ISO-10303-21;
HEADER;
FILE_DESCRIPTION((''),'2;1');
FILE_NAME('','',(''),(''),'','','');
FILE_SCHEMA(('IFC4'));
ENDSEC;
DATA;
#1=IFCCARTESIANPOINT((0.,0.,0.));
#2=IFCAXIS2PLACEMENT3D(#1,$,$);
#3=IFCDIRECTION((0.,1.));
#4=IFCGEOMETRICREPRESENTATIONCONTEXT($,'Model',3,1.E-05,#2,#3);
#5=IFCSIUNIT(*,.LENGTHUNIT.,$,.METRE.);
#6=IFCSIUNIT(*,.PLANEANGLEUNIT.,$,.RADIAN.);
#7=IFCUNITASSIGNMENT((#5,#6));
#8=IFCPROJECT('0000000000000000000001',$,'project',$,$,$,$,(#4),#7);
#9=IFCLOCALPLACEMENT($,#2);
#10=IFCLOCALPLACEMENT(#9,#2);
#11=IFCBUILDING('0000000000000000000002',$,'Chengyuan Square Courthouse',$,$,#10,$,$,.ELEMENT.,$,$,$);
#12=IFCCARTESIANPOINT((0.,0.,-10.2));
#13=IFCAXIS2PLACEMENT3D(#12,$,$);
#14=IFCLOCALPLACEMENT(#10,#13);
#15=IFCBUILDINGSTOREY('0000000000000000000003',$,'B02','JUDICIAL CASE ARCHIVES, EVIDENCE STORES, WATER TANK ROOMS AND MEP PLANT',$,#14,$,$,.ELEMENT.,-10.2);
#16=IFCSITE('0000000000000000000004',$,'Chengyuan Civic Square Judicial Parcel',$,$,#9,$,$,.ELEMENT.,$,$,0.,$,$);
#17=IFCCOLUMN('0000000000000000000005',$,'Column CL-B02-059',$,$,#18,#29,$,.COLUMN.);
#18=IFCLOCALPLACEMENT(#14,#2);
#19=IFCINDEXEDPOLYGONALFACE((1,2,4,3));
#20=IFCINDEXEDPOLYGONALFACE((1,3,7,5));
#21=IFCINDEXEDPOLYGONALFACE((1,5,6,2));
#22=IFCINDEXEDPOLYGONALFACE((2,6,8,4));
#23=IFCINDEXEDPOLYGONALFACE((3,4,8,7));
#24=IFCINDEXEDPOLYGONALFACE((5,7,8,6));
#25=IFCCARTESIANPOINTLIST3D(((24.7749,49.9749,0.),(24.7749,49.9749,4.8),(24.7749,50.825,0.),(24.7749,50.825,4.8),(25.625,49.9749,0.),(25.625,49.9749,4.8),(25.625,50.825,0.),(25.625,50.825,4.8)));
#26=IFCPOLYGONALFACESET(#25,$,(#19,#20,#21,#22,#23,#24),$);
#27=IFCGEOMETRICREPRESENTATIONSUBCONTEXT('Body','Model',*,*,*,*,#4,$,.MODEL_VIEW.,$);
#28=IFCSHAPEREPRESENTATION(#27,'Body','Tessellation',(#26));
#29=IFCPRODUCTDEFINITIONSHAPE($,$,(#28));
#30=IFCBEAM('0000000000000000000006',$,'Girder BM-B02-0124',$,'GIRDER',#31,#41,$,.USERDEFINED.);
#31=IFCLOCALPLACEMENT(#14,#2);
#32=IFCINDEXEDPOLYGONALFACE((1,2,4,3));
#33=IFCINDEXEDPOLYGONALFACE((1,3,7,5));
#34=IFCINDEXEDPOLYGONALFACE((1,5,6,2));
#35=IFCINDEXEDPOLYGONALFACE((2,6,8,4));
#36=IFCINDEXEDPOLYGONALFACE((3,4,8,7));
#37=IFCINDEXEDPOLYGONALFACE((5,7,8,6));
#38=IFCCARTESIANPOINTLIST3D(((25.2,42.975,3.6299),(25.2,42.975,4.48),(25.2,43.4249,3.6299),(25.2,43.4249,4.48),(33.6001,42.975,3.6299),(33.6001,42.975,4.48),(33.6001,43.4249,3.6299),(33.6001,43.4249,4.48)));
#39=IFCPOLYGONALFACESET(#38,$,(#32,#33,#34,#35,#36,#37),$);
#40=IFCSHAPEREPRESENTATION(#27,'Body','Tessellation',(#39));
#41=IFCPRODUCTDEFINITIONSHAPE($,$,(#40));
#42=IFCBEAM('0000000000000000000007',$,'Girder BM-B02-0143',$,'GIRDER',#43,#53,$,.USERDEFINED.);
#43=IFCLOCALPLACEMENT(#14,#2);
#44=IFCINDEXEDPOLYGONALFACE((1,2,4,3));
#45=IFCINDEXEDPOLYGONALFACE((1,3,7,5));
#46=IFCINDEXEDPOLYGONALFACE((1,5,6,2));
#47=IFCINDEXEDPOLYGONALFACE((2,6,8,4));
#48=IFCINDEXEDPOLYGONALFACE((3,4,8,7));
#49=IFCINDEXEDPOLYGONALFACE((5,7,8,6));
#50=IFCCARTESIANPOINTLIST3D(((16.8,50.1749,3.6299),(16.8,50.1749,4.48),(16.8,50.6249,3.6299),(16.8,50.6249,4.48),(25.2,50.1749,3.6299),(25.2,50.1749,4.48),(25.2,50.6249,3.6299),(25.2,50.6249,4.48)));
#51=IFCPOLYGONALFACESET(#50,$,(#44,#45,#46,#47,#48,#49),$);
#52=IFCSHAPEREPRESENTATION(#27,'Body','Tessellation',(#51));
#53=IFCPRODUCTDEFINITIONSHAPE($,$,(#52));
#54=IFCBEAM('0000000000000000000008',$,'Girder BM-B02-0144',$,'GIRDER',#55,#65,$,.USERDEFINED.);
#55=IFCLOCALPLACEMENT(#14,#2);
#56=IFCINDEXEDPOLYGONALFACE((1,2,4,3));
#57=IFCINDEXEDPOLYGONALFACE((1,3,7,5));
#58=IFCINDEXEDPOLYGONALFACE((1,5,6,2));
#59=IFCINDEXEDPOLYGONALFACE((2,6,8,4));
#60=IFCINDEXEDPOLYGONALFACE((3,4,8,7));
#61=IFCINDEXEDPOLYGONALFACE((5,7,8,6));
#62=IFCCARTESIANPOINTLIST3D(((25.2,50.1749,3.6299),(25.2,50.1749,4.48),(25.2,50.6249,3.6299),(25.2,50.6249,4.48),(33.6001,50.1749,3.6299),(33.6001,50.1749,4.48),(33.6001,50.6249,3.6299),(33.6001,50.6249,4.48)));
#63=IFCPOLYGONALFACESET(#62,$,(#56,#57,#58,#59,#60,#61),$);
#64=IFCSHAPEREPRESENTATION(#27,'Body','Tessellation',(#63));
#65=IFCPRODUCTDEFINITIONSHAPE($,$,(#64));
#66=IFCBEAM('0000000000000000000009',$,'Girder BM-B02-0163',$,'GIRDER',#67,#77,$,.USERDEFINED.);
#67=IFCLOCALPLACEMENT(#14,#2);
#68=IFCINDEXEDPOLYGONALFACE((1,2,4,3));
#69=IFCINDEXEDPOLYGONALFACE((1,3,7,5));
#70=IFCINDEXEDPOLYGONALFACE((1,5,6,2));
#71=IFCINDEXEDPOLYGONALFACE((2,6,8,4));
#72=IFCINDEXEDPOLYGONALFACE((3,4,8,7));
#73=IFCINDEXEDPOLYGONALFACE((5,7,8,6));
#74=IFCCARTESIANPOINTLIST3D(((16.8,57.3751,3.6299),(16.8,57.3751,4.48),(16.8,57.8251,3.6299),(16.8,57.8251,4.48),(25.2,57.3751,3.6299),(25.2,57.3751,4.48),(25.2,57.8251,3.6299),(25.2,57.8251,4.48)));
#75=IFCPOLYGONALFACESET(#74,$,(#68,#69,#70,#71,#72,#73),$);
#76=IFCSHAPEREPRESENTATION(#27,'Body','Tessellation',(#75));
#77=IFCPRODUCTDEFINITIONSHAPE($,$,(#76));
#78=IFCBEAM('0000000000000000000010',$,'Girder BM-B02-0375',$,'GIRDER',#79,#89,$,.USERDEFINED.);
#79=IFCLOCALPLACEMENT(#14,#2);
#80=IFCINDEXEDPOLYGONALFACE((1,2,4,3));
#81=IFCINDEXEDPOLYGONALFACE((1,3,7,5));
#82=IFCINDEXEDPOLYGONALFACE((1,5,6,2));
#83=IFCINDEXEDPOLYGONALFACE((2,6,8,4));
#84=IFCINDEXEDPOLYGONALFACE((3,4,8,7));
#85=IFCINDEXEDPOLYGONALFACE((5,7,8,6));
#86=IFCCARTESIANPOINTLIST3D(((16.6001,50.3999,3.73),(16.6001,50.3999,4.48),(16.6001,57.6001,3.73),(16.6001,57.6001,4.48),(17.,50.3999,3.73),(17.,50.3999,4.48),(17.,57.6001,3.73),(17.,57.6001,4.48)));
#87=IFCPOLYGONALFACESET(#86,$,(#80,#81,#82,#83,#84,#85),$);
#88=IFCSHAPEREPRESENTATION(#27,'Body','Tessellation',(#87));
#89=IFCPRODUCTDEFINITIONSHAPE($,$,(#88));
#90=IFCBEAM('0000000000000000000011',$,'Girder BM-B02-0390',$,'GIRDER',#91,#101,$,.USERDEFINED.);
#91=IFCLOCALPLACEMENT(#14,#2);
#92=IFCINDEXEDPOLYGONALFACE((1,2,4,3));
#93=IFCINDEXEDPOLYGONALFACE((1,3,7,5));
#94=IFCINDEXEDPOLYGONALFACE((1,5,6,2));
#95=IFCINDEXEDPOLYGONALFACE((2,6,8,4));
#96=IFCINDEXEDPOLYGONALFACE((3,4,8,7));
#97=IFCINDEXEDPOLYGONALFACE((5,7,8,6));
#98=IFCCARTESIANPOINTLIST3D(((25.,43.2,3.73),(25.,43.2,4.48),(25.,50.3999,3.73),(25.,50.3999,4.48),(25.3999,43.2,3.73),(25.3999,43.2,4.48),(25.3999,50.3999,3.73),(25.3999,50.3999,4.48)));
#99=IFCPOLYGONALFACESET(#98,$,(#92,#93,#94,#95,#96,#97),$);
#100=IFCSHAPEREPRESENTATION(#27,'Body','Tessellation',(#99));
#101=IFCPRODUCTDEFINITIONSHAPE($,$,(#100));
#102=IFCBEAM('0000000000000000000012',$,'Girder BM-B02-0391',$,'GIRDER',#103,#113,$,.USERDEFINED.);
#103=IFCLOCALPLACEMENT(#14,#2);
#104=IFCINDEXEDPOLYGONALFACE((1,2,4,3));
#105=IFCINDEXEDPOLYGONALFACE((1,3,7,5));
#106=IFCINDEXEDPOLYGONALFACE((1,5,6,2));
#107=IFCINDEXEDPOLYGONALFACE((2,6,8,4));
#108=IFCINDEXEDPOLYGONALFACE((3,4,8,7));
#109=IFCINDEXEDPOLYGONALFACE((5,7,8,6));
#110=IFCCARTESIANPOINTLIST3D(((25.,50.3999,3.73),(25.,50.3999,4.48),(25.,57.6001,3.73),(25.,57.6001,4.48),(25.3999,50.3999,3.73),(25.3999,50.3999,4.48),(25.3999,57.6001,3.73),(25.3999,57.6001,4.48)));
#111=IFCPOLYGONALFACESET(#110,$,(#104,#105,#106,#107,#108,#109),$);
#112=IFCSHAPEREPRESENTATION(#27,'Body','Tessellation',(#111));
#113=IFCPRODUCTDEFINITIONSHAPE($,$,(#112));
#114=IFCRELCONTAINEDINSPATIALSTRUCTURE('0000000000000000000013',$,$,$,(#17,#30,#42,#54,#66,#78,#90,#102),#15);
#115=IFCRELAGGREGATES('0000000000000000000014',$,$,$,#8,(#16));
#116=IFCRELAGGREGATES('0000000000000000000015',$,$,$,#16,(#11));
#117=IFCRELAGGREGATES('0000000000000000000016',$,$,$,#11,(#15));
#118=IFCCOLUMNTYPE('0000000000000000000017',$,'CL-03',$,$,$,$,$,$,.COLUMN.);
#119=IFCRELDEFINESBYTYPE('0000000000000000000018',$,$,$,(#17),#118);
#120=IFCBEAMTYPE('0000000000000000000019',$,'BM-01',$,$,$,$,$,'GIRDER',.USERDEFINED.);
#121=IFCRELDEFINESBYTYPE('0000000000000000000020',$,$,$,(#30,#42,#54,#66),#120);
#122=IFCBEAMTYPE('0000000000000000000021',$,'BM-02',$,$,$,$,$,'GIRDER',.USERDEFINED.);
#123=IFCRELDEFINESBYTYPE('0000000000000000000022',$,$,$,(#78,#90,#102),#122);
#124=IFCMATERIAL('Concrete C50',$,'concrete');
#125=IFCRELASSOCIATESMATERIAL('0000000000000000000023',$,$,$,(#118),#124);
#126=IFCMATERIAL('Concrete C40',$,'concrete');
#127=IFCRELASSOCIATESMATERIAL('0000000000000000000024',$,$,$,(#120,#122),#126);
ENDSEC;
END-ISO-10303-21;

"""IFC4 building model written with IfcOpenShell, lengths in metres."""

from ifc_helpers import new_model, si_unit, direction, frame, origin, origin_2d, place, context, subcontext, project, spatial, rectangle, extrude, material, material_profile, profile_set, type_object, element, save


model = new_model("IFC4")

# Units and contexts
model_context = context("Model", 3, precision=1e-05, world=origin(), true_north=direction((0.0, 1.0)))
body_context = subcontext(model_context, "Body", "Model", "MODEL_VIEW")
ifc_project = project(units=[si_unit("LENGTHUNIT", "METRE"), si_unit("PLANEANGLEUNIT", "RADIAN")], contexts=[model_context])

# Site, building, storey
site_placement = place(None, origin())
site = spatial("IfcSite", under=ifc_project, at=site_placement, Name="Chengyuan Civic Square Judicial Parcel", CompositionType="ELEMENT", RefElevation=0.0)
building_placement = place(site_placement, origin())
building = spatial("IfcBuilding", under=site, at=building_placement, Name="Chengyuan Square Courthouse", CompositionType="ELEMENT")
storey_placement = place(building_placement, frame((0.0, 0.0, -10.2)))
storey = spatial("IfcBuildingStorey", under=building, at=storey_placement, Name="B02", Description="JUDICIAL CASE ARCHIVES, EVIDENCE STORES, WATER TANK ROOMS AND MEP PLANT", CompositionType="ELEMENT", Elevation=-10.2)

# Shared definitions
ifc_material_1 = material(Name="Concrete C40", Category="concrete")

# Column
ifc_material_2 = material(Name="Concrete C50", Category="concrete")
ifc_material_profile_1 = material_profile(ifc_material_2, rectangle(XDim=0.8501, YDim=0.8501, at=origin_2d()), Name="RC-COL-850x850")
ifc_profile_set_1 = profile_set([ifc_material_profile_1], Name="Concrete C50")
column_type = type_object("IfcColumnType", Name="CL-03", PredefinedType="COLUMN", material=ifc_profile_set_1)
for number, where, z_axis, x_axis, name in (
    (1, (25.2, 50.3999, 0.0), (0.0, 0.0, 1.0), (1.0, 0.0, 0.0), "Column CL-B02-059"),
):
    element("IfcColumn", number, at=place(storey_placement, frame(where, z_axis=z_axis, x_axis=x_axis)), inside=storey, type_object=column_type, Name=name, PredefinedType="COLUMN", context=body_context, shape_type="SweptSolid", body=[
        extrude(rectangle(XDim=0.8501, YDim=0.8501, at=origin_2d()), origin(), (0.0, 0.0, 1.0), 4.8),
    ])

# Beams
ifc_material_profile_2 = material_profile(ifc_material_1, rectangle(XDim=0.45, YDim=0.8501, at=origin_2d()), Name="RC-BM-450x850")
ifc_profile_set_2 = profile_set([ifc_material_profile_2], Name="Concrete C40")
beam_type_1 = type_object("IfcBeamType", Name="BM-01", ElementType="GIRDER", PredefinedType="USERDEFINED", material=ifc_profile_set_2)
beam_1_placement = place(storey_placement, frame((25.2, 43.2, 4.0549), z_axis=(1.0, 0.0, 0.0), x_axis=(0.0, 1.0, 0.0)))
element("IfcBeam", 2, at=beam_1_placement, inside=storey, type_object=beam_type_1, Name="Girder BM-B02-0124", ObjectType="GIRDER", PredefinedType="USERDEFINED", context=body_context, shape_type="SweptSolid", body=[
    extrude(rectangle(XDim=0.45, YDim=0.8501, at=origin_2d()), origin(), (0.0, 0.0, 1.0), 8.4001),
])
beam_2_placement = place(storey_placement, frame((16.8, 50.3999, 4.0549), z_axis=(1.0, 0.0, 0.0), x_axis=(0.0, 1.0, 0.0)))
element("IfcBeam", 3, at=beam_2_placement, inside=storey, type_object=beam_type_1, Name="Girder BM-B02-0143", ObjectType="GIRDER", PredefinedType="USERDEFINED", context=body_context, shape_type="SweptSolid", body=[
    extrude(rectangle(XDim=0.45, YDim=0.8501, at=origin_2d()), origin(), (0.0, 0.0, 1.0), 8.3999),
])
beam_3_placement = place(storey_placement, frame((25.2, 50.3999, 4.0549), z_axis=(1.0, 0.0, 0.0), x_axis=(0.0, 1.0, 0.0)))
element("IfcBeam", 4, at=beam_3_placement, inside=storey, type_object=beam_type_1, Name="Girder BM-B02-0144", ObjectType="GIRDER", PredefinedType="USERDEFINED", context=body_context, shape_type="SweptSolid", body=[
    extrude(rectangle(XDim=0.45, YDim=0.8501, at=origin_2d()), origin(), (0.0, 0.0, 1.0), 8.4001),
])
beam_4_placement = place(storey_placement, frame((16.8, 57.6001, 4.0549), z_axis=(1.0, 0.0, 0.0), x_axis=(0.0, 1.0, 0.0)))
element("IfcBeam", 5, at=beam_4_placement, inside=storey, type_object=beam_type_1, Name="Girder BM-B02-0163", ObjectType="GIRDER", PredefinedType="USERDEFINED", context=body_context, shape_type="SweptSolid", body=[
    extrude(rectangle(XDim=0.45, YDim=0.8501, at=origin_2d()), origin(), (0.0, 0.0, 1.0), 8.3999),
])
ifc_material_profile_3 = material_profile(ifc_material_1, rectangle(XDim=0.3999, YDim=0.75, at=origin_2d()), Name="RC-BM-400x750")
ifc_profile_set_3 = profile_set([ifc_material_profile_3], Name="Concrete C40")
beam_type_2 = type_object("IfcBeamType", Name="BM-02", ElementType="GIRDER", PredefinedType="USERDEFINED", material=ifc_profile_set_3)
beam_5_placement = place(storey_placement, frame((16.8, 50.3999, 4.105), z_axis=(0.0, 1.0, 0.0), x_axis=(-1.0, 0.0, 0.0)))
element("IfcBeam", 6, at=beam_5_placement, inside=storey, type_object=beam_type_2, Name="Girder BM-B02-0375", ObjectType="GIRDER", PredefinedType="USERDEFINED", context=body_context, shape_type="SweptSolid", body=[
    extrude(rectangle(XDim=0.3999, YDim=0.75, at=origin_2d()), origin(), (0.0, 0.0, 1.0), 7.2002),
])
beam_6_placement = place(storey_placement, frame((25.2, 43.2, 4.105), z_axis=(0.0, 1.0, 0.0), x_axis=(-1.0, 0.0, 0.0)))
element("IfcBeam", 7, at=beam_6_placement, inside=storey, type_object=beam_type_2, Name="Girder BM-B02-0390", ObjectType="GIRDER", PredefinedType="USERDEFINED", context=body_context, shape_type="SweptSolid", body=[
    extrude(rectangle(XDim=0.3999, YDim=0.75, at=origin_2d()), origin(), (0.0, 0.0, 1.0), 7.2),
])
beam_7_placement = place(storey_placement, frame((25.2, 50.3999, 4.105), z_axis=(0.0, 1.0, 0.0), x_axis=(-1.0, 0.0, 0.0)))
element("IfcBeam", 8, at=beam_7_placement, inside=storey, type_object=beam_type_2, Name="Girder BM-B02-0391", ObjectType="GIRDER", PredefinedType="USERDEFINED", context=body_context, shape_type="SweptSolid", body=[
    extrude(rectangle(XDim=0.3999, YDim=0.75, at=origin_2d()), origin(), (0.0, 0.0, 1.0), 7.2002),
])

save(model, "model.ifc")
